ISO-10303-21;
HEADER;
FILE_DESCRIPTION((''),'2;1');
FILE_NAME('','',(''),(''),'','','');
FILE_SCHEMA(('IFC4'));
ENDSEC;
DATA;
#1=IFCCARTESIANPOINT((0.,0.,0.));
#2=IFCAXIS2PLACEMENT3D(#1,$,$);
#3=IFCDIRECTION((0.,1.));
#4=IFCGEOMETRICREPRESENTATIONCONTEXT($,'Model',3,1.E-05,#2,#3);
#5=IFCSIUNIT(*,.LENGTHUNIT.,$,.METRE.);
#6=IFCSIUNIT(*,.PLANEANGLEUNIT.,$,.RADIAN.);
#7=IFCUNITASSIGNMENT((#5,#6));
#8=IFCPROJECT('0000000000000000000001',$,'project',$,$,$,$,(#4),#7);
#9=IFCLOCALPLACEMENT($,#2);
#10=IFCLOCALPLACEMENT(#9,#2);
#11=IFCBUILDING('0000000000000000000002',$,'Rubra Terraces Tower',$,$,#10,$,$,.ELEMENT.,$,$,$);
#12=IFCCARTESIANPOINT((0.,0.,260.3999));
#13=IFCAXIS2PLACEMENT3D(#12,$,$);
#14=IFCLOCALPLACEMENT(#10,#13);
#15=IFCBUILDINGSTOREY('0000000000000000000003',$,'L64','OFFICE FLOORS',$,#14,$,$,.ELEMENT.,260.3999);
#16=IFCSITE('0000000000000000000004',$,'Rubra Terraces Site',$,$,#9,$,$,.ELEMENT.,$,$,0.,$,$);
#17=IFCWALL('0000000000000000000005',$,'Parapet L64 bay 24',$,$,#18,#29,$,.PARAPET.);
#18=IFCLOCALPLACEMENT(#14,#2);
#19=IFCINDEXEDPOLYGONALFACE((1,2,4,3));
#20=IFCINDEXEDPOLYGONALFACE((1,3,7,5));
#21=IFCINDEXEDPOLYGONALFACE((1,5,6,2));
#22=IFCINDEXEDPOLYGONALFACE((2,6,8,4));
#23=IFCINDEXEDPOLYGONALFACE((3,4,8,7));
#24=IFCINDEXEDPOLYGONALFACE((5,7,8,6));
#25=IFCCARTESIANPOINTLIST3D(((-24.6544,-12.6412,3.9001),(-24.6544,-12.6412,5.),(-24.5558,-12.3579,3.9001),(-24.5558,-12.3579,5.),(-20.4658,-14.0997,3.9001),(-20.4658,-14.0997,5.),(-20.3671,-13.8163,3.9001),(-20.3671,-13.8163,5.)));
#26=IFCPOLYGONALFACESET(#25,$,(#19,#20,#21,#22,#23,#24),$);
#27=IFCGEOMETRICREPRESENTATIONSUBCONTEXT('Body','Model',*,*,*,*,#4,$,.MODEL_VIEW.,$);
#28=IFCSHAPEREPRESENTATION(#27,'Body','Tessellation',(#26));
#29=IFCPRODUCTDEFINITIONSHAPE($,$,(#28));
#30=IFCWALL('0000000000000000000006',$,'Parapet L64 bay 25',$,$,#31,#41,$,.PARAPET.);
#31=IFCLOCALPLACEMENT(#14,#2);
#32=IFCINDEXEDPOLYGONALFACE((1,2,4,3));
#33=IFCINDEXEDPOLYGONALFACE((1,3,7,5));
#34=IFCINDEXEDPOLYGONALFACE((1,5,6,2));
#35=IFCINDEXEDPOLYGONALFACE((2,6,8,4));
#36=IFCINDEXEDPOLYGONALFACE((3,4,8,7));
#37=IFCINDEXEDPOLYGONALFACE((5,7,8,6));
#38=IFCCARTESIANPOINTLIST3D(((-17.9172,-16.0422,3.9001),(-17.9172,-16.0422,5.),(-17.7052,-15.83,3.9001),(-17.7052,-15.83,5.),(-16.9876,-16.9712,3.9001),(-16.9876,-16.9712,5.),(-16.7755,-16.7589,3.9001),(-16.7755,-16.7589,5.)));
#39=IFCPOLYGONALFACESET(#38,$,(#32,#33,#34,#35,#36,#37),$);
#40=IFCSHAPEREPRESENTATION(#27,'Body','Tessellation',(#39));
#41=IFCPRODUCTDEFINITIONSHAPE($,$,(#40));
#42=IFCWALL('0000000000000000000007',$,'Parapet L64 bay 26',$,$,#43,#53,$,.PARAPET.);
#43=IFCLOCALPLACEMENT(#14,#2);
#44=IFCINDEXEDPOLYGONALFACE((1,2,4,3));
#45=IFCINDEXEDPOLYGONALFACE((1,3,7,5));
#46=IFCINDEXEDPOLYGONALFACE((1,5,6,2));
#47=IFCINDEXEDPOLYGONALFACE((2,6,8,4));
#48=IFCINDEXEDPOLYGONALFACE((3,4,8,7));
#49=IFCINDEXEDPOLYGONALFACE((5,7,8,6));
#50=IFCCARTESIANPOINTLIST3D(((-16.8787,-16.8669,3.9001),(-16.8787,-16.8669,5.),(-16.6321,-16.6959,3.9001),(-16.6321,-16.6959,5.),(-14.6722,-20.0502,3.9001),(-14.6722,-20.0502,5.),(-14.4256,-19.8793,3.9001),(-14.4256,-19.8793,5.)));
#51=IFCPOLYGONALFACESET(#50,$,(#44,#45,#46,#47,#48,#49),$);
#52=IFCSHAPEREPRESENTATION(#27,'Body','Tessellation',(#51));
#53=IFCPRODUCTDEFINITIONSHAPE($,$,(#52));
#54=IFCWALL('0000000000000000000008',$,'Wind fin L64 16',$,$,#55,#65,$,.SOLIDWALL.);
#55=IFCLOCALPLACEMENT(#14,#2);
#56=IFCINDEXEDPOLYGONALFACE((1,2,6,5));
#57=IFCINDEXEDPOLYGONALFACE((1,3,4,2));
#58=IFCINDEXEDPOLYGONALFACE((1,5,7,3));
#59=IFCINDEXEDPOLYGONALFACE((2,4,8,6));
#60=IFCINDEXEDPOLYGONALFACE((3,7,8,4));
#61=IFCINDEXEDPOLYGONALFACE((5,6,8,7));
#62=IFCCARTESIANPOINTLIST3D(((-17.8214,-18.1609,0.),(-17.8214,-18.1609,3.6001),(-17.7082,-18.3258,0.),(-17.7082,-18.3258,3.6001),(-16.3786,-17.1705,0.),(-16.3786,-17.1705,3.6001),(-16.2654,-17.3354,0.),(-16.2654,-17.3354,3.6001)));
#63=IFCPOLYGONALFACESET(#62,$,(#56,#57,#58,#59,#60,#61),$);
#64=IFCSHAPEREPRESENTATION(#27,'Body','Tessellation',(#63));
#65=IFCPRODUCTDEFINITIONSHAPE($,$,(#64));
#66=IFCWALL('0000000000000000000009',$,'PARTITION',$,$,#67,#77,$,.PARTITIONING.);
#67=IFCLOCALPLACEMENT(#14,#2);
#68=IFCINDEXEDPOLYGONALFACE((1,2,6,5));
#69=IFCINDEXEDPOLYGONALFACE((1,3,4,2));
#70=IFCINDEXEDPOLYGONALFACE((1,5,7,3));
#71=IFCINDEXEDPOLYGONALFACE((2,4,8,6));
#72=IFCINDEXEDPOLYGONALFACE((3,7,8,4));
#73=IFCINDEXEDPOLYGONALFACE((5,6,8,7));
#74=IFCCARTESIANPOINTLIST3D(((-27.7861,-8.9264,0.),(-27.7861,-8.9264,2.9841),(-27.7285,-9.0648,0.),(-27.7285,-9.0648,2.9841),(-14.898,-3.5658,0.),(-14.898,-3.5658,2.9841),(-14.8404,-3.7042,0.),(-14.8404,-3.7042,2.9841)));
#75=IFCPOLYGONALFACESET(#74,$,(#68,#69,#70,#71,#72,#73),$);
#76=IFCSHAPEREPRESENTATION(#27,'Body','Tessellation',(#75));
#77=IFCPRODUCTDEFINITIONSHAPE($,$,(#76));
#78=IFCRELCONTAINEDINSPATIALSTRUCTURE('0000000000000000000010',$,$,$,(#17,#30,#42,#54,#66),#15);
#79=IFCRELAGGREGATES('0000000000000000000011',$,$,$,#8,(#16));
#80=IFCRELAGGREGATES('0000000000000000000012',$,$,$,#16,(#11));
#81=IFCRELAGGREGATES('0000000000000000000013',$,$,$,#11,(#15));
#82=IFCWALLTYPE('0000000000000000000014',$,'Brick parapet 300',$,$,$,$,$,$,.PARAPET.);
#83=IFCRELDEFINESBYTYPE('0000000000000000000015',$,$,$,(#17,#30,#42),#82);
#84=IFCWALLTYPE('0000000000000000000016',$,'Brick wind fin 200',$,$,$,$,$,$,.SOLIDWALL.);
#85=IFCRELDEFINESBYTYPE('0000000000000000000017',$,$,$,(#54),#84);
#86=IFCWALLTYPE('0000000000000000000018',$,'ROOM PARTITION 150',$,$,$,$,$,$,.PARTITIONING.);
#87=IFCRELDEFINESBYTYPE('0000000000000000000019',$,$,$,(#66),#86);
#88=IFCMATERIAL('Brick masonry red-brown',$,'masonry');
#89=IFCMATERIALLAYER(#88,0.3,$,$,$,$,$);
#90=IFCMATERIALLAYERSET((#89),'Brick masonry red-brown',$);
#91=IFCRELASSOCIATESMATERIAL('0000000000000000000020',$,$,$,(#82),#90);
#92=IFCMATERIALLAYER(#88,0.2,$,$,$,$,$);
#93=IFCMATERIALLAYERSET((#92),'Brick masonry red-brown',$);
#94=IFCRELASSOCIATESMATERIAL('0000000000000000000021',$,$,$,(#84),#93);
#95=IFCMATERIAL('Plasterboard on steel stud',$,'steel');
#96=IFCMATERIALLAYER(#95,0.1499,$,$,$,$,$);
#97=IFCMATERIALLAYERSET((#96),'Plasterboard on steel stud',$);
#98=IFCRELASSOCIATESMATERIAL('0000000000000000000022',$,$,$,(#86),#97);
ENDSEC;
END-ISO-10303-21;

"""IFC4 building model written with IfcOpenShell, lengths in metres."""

from ifc_helpers import new_model, si_unit, direction, frame, frame_2d, origin, place, context, subcontext, project, spatial, rectangle, extrude, material, layer, layer_set, type_object, element, save


model = new_model("IFC4")

# Units and contexts
model_context = context("Model", 3, precision=1e-05, world=origin(), true_north=direction((0.0, 1.0)))
body_context = subcontext(model_context, "Body", "Model", "MODEL_VIEW")
ifc_project = project(units=[si_unit("LENGTHUNIT", "METRE"), si_unit("PLANEANGLEUNIT", "RADIAN")], contexts=[model_context])

# Site, building, storey
site_placement = place(None, origin())
site = spatial("IfcSite", under=ifc_project, at=site_placement, Name="Rubra Terraces Site", CompositionType="ELEMENT", RefElevation=0.0)
building_placement = place(site_placement, origin())
building = spatial("IfcBuilding", under=site, at=building_placement, Name="Rubra Terraces Tower", CompositionType="ELEMENT")
storey_placement = place(building_placement, frame((0.0, 0.0, 260.3999)))
storey = spatial("IfcBuildingStorey", under=building, at=storey_placement, Name="L64", Description="OFFICE FLOORS", CompositionType="ELEMENT", Elevation=260.3999)

# Shared definitions
ifc_material_1 = material(Name="Brick masonry red-brown", Category="masonry")

# Walls
ifc_layer_1 = layer(ifc_material_1, 0.3)
ifc_layer_set_1 = layer_set([ifc_layer_1], Name="Brick masonry red-brown")
wall_type_1 = type_object("IfcWallType", Name="Brick parapet 300", PredefinedType="PARAPET", material=ifc_layer_set_1)
wall_1_placement = place(storey_placement, frame((-24.6052, -12.4995, 3.9001), z_axis=(0.0, 0.0, 1.0), x_axis=(0.944388, -0.328832, 0.0)))
element("IfcWall", 1, at=wall_1_placement, inside=storey, type_object=wall_type_1, Name="Parapet L64 bay 24", PredefinedType="PARAPET", context=body_context, shape_type="SweptSolid", body=[
    extrude(rectangle(XDim=4.4353, YDim=0.3, at=frame_2d((2.2178, 0.0))), origin(), (0.0, 0.0, 1.0), 1.0999),
])
wall_2_placement = place(storey_placement, frame((-17.8113, -15.936, 3.9001), z_axis=(0.0, 0.0, 1.0), x_axis=(0.707385, -0.706828, 0.0)))
element("IfcWall", 2, at=wall_2_placement, inside=storey, type_object=wall_type_1, Name="Parapet L64 bay 25", PredefinedType="PARAPET", context=body_context, shape_type="SweptSolid", body=[
    extrude(rectangle(XDim=1.3142, YDim=0.3, at=frame_2d((0.6572, 0.0))), origin(), (0.0, 0.0, 1.0), 1.0999),
])
wall_3_placement = place(storey_placement, frame((-16.7554, -16.7815, 3.9001), z_axis=(0.0, 0.0, 1.0), x_axis=(0.569679, -0.821868, 0.0)))
element("IfcWall", 3, at=wall_3_placement, inside=storey, type_object=wall_type_1, Name="Parapet L64 bay 26", PredefinedType="PARAPET", context=body_context, shape_type="SweptSolid", body=[
    extrude(rectangle(XDim=3.8733, YDim=0.3, at=frame_2d((1.9365, 0.0))), origin(), (0.0, 0.0, 1.0), 1.0999),
])
ifc_layer_2 = layer(ifc_material_1, 0.2)
ifc_layer_set_2 = layer_set([ifc_layer_2], Name="Brick masonry red-brown")
wall_type_2 = type_object("IfcWallType", Name="Brick wind fin 200", PredefinedType="SOLIDWALL", material=ifc_layer_set_2)
wall_4_placement = place(storey_placement, frame((-16.322, -17.2529, 0.0), z_axis=(0.0, 0.0, 1.0), x_axis=(-0.824441, -0.565948, 0.0)))
element("IfcWall", 4, at=wall_4_placement, inside=storey, type_object=wall_type_2, Name="Wind fin L64 16", PredefinedType="SOLIDWALL", context=body_context, shape_type="SweptSolid", body=[
    extrude(rectangle(XDim=1.75, YDim=0.2, at=frame_2d((0.875, 0.0))), origin(), (0.0, 0.0, 1.0), 3.6001),
])
ifc_material_2 = material(Name="Plasterboard on steel stud", Category="steel")
ifc_layer_3 = layer(ifc_material_2, 0.1499)
ifc_layer_set_3 = layer_set([ifc_layer_3], Name="Plasterboard on steel stud")
wall_type_3 = type_object("IfcWallType", Name="ROOM PARTITION 150", PredefinedType="PARTITIONING", material=ifc_layer_set_3)
wall_5_placement = place(storey_placement, frame((-27.7573, -8.9956, 0.0), z_axis=(0.0, 0.0, 1.0), x_axis=(0.923318, 0.384037, 0.0)))
element("IfcWall", 5, at=wall_5_placement, inside=storey, type_object=wall_type_3, Name="PARTITION", PredefinedType="PARTITIONING", context=body_context, shape_type="SweptSolid", body=[
    extrude(rectangle(XDim=13.9585, YDim=0.1499, at=frame_2d((6.9792, 0.0))), origin(), (0.0, 0.0, 1.0), 2.9841),
])

save(model, "model.ifc")
